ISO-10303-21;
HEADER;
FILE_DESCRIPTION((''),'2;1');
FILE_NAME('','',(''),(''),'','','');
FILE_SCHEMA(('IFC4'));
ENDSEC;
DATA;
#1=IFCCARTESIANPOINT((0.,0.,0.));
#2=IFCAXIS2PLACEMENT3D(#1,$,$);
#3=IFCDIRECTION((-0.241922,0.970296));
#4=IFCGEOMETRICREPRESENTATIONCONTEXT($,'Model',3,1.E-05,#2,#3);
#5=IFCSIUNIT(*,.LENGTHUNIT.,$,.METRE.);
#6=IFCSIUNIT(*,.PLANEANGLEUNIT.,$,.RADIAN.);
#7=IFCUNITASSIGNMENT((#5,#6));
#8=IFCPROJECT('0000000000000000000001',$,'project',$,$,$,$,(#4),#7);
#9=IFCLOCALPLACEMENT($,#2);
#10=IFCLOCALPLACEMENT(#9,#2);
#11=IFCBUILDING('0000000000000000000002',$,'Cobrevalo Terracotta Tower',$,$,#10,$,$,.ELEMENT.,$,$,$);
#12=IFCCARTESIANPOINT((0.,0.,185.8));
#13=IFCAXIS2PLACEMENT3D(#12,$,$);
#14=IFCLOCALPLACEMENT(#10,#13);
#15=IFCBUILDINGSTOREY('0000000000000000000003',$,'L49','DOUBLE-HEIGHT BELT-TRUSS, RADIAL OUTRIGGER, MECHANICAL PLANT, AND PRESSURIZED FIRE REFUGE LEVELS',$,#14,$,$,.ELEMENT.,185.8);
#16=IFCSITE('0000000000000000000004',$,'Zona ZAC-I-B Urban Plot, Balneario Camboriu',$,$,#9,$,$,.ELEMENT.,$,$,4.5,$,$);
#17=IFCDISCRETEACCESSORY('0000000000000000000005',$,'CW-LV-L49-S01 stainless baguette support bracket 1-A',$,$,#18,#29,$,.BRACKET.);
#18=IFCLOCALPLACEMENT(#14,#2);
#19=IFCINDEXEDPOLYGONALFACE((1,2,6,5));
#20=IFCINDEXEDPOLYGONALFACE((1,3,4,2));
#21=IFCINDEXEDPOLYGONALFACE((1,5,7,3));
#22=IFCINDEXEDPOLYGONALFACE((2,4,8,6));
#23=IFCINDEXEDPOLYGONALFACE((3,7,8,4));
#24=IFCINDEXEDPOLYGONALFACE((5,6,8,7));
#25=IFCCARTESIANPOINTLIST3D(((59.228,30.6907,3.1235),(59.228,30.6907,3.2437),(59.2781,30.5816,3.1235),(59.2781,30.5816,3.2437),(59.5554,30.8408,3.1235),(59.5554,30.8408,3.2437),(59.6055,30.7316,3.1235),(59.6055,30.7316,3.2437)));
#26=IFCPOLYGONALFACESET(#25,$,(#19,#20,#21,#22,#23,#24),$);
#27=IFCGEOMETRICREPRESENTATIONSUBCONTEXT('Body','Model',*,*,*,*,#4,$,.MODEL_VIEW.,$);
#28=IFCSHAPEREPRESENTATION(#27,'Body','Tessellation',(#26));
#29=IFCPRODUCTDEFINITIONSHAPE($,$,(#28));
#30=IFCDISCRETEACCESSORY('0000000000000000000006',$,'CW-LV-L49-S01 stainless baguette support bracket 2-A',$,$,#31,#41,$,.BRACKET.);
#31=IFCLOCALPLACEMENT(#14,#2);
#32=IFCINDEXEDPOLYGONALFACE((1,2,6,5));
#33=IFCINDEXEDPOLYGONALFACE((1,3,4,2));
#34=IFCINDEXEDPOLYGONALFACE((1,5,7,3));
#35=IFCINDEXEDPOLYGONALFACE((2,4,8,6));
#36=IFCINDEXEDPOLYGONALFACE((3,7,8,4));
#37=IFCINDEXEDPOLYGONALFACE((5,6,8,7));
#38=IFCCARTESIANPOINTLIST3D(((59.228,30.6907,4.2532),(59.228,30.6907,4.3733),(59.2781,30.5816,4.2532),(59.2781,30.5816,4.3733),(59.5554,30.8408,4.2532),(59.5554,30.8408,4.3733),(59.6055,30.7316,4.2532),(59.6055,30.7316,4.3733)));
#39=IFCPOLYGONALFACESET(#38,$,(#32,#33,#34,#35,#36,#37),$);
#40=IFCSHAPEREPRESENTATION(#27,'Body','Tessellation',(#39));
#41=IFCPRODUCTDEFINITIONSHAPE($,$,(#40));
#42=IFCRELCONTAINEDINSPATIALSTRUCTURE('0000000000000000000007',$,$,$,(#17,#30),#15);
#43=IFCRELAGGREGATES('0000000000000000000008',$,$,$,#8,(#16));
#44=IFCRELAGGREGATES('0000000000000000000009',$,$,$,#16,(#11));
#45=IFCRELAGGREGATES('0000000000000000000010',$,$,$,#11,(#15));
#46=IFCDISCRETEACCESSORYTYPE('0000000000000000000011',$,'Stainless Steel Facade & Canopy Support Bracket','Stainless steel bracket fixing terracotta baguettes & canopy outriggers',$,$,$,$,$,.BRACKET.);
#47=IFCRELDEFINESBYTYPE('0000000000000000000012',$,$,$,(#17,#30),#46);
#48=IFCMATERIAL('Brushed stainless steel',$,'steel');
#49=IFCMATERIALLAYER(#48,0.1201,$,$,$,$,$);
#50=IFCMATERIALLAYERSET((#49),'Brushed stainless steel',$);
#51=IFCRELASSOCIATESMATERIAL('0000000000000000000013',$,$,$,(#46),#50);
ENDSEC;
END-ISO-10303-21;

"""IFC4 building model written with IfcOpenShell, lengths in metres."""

from ifc_helpers import new_model, si_unit, direction, frame, origin, origin_2d, place, context, subcontext, project, spatial, rectangle, extrude, source, transform, mapped, material, layer, layer_set, type_object, element, save


model = new_model("IFC4")

# Units and contexts
model_context = context("Model", 3, precision=1e-05, world=origin(), true_north=direction((-0.241922, 0.970296)))
body_context = subcontext(model_context, "Body", "Model", "MODEL_VIEW")
ifc_project = project(units=[si_unit("LENGTHUNIT", "METRE"), si_unit("PLANEANGLEUNIT", "RADIAN")], contexts=[model_context])

# Site, building, storey
site_placement = place(None, origin())
site = spatial("IfcSite", under=ifc_project, at=site_placement, Name="Zona ZAC-I-B Urban Plot, Balneario Camboriu", CompositionType="ELEMENT", RefElevation=4.5)
building_placement = place(site_placement, origin())
building = spatial("IfcBuilding", under=site, at=building_placement, Name="Cobrevalo Terracotta Tower", CompositionType="ELEMENT")
storey_placement = place(building_placement, frame((0.0, 0.0, 185.8)))
storey = spatial("IfcBuildingStorey", under=building, at=storey_placement, Name="L49", Description="DOUBLE-HEIGHT BELT-TRUSS, RADIAL OUTRIGGER, MECHANICAL PLANT, AND PRESSURIZED FIRE REFUGE LEVELS", CompositionType="ELEMENT", Elevation=185.8)

# Discrete accessories
ifc_material_1 = material(Name="Brushed stainless steel", Category="steel")
ifc_layer_1 = layer(ifc_material_1, 0.1201)
ifc_layer_set_1 = layer_set([ifc_layer_1], Name="Brushed stainless steel")
discrete_accessory_type = type_object("IfcDiscreteAccessoryType", Name="Stainless Steel Facade & Canopy Support Bracket", Description="Stainless steel bracket fixing terracotta baguettes & canopy outriggers", PredefinedType="BRACKET", material=ifc_layer_set_1)
shared_shape_1 = source(origin(), body_context, "Body", "SweptSolid", [
    extrude(rectangle(XDim=0.1201, YDim=0.3601, at=origin_2d()), origin(), (0.0, 0.0, 1.0), 0.1201),
])
for number, where, z_axis, x_axis, name in (
    (1, (59.4167, 30.7112, 3.1235), (0.0, 0.0, 1.0), (-0.416731, 0.90903, 0.0), "CW-LV-L49-S01 stainless baguette support bracket 1-A"),
    (2, (59.4167, 30.7112, 4.2532), (0.0, 0.0, 1.0), (-0.416731, 0.90903, 0.0), "CW-LV-L49-S01 stainless baguette support bracket 2-A"),
):
    element("IfcDiscreteAccessory", number, at=place(storey_placement, frame(where, z_axis=z_axis, x_axis=x_axis)), inside=storey, type_object=discrete_accessory_type, Name=name, PredefinedType="BRACKET", context=body_context, shape_type="MappedRepresentation", body=[
        mapped(shared_shape_1, transform((0.0, 0.0, 0.0), scale=1.0)),
    ])

save(model, "model.ifc")
